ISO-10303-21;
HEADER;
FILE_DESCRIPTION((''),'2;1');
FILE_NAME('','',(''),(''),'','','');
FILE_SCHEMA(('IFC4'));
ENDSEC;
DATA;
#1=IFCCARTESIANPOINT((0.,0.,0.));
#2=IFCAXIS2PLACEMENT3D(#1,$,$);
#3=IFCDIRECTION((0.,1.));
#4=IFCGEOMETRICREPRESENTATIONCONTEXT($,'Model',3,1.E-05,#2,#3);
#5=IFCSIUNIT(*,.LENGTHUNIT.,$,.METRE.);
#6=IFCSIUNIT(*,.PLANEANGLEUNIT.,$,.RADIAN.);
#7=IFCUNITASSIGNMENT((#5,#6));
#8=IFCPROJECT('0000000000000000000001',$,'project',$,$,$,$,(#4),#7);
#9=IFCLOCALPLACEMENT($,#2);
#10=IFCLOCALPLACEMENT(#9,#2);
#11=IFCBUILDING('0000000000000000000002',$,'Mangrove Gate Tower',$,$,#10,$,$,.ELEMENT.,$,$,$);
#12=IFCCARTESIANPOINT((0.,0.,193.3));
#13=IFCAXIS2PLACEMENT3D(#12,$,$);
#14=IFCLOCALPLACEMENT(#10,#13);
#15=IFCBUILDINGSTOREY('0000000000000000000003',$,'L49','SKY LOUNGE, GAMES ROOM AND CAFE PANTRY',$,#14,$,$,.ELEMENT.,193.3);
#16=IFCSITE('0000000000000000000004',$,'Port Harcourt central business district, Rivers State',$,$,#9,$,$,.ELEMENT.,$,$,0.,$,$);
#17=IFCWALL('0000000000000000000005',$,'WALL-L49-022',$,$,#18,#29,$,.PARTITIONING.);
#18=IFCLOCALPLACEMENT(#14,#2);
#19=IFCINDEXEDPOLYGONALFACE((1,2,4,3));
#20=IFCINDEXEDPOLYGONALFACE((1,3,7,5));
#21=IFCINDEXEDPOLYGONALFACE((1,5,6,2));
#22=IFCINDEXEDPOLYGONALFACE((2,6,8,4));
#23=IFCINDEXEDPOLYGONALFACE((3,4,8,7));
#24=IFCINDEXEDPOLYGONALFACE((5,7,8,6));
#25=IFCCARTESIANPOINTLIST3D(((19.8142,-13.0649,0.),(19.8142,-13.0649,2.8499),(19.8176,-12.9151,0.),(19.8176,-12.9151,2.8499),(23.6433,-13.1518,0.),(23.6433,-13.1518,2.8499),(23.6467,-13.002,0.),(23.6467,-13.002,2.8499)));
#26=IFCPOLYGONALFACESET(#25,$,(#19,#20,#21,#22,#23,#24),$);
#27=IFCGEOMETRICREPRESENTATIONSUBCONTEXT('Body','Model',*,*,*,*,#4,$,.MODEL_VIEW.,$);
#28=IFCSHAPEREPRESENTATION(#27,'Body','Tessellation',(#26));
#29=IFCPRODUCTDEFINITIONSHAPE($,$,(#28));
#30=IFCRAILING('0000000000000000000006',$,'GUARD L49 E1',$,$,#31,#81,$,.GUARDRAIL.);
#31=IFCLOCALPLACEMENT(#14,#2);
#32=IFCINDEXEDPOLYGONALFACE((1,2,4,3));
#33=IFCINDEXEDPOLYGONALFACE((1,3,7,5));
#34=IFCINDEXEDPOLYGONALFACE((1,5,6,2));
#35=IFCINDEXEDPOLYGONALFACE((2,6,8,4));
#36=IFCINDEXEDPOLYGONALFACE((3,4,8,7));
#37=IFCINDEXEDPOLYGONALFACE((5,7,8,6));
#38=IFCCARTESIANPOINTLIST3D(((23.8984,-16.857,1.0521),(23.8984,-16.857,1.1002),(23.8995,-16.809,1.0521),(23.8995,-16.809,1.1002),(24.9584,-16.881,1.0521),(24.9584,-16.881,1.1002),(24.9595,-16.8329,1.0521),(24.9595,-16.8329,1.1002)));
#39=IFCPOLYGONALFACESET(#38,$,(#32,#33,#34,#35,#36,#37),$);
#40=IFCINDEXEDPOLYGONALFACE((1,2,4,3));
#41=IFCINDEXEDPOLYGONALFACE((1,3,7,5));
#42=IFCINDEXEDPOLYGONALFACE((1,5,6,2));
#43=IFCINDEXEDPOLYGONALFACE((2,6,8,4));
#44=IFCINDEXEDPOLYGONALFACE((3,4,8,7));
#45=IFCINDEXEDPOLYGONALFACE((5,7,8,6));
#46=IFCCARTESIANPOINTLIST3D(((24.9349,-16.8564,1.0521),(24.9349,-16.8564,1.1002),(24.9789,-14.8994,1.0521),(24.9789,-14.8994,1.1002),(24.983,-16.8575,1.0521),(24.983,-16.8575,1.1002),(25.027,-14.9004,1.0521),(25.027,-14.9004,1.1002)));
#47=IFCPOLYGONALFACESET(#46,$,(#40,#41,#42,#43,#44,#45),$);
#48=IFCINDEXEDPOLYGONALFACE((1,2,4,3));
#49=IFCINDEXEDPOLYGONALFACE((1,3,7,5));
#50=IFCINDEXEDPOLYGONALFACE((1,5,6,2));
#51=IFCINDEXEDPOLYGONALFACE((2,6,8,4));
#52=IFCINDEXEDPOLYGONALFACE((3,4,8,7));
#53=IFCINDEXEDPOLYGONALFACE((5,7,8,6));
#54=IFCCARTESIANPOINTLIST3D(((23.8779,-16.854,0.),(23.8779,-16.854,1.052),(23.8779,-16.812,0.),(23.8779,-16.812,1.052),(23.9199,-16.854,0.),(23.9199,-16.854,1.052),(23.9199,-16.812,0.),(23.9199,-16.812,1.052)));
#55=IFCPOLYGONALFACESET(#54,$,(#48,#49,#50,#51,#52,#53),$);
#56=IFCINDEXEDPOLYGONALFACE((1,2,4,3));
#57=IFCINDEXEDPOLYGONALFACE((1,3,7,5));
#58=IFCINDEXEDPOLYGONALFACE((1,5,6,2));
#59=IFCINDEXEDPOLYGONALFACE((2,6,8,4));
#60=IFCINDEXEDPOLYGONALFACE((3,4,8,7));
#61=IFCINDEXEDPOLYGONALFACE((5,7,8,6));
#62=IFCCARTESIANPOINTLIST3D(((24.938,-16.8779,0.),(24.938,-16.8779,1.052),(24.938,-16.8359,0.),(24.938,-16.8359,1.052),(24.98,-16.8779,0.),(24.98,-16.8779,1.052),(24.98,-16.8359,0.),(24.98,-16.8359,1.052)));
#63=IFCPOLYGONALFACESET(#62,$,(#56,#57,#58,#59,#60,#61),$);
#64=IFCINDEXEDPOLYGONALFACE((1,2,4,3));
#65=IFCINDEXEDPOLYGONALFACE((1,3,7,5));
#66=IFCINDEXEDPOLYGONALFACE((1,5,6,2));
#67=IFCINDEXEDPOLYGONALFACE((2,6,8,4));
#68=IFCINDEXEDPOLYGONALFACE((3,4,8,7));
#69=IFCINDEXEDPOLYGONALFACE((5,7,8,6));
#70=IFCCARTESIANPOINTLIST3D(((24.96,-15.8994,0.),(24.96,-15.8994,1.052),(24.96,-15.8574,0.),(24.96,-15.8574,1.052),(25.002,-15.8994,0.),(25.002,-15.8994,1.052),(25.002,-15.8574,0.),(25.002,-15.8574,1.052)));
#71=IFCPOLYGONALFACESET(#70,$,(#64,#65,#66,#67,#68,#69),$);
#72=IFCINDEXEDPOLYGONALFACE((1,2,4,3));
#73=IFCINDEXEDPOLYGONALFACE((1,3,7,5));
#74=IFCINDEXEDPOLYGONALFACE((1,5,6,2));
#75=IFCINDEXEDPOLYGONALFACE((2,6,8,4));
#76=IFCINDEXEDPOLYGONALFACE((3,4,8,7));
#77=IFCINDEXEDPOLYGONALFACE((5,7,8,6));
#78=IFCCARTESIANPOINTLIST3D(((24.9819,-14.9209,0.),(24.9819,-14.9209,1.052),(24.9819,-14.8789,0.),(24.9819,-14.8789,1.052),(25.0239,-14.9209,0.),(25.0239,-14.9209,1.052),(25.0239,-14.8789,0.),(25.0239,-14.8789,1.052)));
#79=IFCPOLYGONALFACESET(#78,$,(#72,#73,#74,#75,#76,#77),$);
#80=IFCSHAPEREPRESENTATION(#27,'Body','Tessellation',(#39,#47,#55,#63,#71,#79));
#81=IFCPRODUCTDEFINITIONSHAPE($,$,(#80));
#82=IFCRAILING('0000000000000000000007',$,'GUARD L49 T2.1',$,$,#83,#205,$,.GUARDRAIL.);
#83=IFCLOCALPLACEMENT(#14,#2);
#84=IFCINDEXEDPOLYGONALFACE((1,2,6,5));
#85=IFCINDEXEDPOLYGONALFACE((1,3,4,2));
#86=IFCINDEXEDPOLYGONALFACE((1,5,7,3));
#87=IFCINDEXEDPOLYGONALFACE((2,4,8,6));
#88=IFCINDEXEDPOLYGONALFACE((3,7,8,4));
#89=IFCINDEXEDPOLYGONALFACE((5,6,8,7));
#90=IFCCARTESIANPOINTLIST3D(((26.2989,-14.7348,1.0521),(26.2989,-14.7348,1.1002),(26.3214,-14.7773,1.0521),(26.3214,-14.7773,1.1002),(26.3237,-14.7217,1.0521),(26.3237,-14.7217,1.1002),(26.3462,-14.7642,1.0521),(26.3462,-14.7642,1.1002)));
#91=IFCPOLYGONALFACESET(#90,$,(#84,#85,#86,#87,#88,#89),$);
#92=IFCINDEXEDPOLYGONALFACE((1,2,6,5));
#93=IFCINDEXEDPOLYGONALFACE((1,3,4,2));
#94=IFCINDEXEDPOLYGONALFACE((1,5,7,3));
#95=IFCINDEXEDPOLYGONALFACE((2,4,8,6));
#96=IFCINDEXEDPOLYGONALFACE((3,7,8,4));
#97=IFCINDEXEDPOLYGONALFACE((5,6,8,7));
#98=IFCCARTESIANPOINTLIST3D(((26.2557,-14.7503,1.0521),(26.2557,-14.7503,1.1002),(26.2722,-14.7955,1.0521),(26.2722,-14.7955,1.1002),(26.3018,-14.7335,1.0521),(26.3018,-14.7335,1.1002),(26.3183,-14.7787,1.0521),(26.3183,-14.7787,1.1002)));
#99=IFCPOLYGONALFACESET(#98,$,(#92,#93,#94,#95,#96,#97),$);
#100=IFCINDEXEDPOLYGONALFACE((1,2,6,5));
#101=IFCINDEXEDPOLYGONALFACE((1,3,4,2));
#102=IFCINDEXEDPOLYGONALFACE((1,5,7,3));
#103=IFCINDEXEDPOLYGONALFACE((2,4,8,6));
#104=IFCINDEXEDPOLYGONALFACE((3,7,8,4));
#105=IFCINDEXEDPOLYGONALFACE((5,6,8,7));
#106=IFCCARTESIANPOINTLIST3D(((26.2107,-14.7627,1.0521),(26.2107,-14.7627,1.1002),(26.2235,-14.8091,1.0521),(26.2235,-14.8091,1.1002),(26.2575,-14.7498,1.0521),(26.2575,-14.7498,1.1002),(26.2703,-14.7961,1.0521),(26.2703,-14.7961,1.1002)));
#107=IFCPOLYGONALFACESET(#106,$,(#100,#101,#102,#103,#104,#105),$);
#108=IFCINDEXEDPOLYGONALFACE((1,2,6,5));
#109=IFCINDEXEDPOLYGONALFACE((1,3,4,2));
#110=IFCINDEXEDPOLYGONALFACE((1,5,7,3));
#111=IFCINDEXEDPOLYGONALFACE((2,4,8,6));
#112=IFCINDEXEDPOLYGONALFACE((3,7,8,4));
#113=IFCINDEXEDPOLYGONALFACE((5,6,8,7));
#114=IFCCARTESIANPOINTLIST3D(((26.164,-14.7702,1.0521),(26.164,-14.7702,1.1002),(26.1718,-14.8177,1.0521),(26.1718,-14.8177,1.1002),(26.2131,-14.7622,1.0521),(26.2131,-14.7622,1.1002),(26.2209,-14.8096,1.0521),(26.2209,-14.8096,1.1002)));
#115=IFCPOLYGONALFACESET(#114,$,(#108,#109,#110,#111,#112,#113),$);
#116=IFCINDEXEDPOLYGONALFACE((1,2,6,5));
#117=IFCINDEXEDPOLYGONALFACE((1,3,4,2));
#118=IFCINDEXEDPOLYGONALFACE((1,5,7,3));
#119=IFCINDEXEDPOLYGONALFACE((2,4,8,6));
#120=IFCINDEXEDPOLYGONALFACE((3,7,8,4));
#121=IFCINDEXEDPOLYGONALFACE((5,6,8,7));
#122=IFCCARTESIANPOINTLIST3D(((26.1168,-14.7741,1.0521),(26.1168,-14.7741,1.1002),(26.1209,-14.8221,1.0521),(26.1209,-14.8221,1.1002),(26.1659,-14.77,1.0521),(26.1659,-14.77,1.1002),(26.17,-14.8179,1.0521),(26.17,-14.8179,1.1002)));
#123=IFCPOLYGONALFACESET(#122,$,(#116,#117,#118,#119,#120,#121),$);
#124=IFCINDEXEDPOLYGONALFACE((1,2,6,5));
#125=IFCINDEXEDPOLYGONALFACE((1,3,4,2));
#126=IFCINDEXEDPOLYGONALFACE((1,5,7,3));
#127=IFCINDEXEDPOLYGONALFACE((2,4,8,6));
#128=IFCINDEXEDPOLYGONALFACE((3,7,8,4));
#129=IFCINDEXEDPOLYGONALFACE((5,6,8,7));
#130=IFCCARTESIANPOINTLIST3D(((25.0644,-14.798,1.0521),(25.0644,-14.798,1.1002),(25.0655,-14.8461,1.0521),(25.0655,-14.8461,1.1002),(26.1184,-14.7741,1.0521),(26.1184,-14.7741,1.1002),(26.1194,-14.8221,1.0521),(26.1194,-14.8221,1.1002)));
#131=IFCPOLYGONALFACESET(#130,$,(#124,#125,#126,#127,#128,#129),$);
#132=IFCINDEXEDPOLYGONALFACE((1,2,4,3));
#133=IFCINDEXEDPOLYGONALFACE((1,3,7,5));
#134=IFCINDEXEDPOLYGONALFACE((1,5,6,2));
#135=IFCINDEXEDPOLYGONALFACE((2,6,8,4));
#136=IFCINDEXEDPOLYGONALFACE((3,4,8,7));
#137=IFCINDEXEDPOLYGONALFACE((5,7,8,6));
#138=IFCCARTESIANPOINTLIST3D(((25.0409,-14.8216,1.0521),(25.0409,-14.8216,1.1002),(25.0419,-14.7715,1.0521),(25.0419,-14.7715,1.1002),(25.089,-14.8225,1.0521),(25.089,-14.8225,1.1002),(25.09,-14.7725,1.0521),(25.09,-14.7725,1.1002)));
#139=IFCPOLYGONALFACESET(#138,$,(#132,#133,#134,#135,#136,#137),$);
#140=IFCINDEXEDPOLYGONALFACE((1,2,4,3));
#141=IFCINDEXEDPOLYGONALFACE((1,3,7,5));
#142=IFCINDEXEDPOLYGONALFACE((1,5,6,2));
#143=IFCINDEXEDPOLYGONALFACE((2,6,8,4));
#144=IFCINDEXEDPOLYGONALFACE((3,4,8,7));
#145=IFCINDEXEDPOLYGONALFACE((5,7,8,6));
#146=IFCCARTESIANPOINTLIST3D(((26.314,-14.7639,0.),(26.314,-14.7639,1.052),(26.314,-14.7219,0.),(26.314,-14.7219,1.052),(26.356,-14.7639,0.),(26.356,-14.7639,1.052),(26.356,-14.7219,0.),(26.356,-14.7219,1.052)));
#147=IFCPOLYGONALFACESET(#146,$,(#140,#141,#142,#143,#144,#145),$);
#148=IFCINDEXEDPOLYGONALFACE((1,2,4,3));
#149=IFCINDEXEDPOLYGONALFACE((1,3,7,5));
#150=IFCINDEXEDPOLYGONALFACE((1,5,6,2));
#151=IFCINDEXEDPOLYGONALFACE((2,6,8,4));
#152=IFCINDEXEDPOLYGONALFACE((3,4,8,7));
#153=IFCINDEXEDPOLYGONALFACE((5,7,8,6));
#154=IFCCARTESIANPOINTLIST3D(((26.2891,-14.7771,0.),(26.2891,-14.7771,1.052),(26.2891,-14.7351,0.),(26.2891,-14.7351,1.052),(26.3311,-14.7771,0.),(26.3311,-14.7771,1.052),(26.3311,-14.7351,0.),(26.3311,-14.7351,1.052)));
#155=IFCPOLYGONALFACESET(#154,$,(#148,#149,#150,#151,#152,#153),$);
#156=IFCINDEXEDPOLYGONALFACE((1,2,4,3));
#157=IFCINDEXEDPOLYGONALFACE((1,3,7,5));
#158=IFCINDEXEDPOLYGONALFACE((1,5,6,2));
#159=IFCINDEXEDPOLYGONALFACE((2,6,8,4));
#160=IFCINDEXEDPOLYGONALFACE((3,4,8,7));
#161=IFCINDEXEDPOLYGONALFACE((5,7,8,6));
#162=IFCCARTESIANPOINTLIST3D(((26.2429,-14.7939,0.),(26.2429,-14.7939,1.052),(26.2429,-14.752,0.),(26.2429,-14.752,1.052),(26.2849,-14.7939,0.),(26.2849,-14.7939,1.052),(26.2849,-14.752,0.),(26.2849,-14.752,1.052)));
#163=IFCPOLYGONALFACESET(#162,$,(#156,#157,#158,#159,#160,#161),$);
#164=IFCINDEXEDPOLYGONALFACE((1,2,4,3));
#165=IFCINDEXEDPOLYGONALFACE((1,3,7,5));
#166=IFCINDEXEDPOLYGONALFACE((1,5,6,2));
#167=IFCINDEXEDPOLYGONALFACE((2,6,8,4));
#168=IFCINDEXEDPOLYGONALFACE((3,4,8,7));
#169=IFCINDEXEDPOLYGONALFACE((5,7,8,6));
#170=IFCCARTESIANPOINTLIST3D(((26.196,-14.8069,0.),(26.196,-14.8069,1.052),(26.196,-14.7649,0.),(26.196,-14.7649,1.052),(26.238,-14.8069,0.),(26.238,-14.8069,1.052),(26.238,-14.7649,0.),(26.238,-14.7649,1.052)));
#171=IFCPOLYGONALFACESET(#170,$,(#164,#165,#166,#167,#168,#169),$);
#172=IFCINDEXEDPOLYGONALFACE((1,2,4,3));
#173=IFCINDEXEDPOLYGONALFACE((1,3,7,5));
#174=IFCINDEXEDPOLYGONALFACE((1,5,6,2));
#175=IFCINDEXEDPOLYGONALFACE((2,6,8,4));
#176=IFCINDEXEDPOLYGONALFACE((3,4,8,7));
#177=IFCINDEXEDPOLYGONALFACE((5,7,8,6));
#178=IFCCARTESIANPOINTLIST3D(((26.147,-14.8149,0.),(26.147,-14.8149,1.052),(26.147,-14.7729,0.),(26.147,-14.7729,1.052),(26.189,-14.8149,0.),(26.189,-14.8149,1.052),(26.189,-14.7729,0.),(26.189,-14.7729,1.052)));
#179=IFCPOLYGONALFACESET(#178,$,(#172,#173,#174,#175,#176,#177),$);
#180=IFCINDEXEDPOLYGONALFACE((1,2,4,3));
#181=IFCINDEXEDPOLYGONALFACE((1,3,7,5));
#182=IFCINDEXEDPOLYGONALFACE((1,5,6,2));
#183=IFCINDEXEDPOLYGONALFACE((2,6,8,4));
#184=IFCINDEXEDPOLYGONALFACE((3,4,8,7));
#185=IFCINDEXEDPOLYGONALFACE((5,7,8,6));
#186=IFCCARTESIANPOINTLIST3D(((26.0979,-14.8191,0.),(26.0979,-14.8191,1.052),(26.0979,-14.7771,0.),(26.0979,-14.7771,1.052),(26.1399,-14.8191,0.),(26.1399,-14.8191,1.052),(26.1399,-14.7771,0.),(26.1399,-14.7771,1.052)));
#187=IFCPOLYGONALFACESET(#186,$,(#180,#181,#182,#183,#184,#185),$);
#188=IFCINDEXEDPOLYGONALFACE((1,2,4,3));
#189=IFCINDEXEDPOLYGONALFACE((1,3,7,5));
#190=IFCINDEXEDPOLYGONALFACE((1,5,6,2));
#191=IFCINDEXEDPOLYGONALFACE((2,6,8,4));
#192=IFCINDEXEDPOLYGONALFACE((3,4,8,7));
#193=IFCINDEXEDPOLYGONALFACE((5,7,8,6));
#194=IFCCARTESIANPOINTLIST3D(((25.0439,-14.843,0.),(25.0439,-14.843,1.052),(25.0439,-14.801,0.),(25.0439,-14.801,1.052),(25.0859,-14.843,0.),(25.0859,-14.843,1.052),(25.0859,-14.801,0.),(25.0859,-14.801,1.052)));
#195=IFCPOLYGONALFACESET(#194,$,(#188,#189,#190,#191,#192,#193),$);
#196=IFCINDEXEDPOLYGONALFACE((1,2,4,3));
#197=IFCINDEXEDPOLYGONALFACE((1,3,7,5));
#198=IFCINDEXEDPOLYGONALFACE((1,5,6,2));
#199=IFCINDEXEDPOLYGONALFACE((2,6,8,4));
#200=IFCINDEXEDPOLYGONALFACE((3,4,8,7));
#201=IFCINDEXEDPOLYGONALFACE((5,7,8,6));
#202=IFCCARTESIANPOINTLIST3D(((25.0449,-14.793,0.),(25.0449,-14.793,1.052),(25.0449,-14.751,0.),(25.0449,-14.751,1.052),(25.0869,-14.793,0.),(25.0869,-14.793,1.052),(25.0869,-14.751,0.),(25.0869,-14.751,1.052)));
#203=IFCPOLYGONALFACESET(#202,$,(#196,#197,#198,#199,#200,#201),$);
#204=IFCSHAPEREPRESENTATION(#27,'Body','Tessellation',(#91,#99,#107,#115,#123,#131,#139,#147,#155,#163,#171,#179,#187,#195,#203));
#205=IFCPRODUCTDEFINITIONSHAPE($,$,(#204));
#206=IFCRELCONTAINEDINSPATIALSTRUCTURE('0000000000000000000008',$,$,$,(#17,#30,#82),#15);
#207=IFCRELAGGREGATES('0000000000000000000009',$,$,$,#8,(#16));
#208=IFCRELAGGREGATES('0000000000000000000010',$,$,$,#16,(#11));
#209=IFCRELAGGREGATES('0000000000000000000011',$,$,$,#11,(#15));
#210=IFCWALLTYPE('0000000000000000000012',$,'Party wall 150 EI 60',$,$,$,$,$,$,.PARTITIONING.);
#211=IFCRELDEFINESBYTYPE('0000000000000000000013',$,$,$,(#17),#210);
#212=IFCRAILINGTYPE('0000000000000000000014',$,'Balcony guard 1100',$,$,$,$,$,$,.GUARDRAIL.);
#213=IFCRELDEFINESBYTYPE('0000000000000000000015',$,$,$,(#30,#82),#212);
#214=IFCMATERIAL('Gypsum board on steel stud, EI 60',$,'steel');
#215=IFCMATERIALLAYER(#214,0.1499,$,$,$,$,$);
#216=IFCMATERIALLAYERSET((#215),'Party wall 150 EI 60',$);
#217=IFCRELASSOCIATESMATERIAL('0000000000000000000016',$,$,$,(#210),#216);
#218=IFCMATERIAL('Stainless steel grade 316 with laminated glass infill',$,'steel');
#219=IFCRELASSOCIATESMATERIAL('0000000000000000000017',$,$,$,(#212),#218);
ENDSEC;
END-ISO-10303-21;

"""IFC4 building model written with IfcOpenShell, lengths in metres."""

from ifc_helpers import new_model, si_unit, direction, frame, frame_2d, origin, origin_2d, place, context, subcontext, project, spatial, rectangle, extrude, material, layer, layer_set, type_object, element, save


model = new_model("IFC4")

# Units and contexts
model_context = context("Model", 3, precision=1e-05, world=origin(), true_north=direction((0.0, 1.0)))
body_context = subcontext(model_context, "Body", "Model", "MODEL_VIEW")
ifc_project = project(units=[si_unit("LENGTHUNIT", "METRE"), si_unit("PLANEANGLEUNIT", "RADIAN")], contexts=[model_context])

# Site, building, storey
site_placement = place(None, origin())
site = spatial("IfcSite", under=ifc_project, at=site_placement, Name="Port Harcourt central business district, Rivers State", CompositionType="ELEMENT", RefElevation=0.0)
building_placement = place(site_placement, origin())
building = spatial("IfcBuilding", under=site, at=building_placement, Name="Mangrove Gate Tower", CompositionType="ELEMENT")
storey_placement = place(building_placement, frame((0.0, 0.0, 193.3)))
storey = spatial("IfcBuildingStorey", under=building, at=storey_placement, Name="L49", Description="SKY LOUNGE, GAMES ROOM AND CAFE PANTRY", CompositionType="ELEMENT", Elevation=193.3)

# Wall
ifc_material_1 = material(Name="Gypsum board on steel stud, EI 60", Category="steel")
ifc_layer_1 = layer(ifc_material_1, 0.1499)
ifc_layer_set_1 = layer_set([ifc_layer_1], Name="Party wall 150 EI 60")
wall_type_1 = type_object("IfcWallType", Name="Party wall 150 EI 60", PredefinedType="PARTITIONING", material=ifc_layer_set_1)
wall_1_placement = place(storey_placement, frame((19.8159, -12.99, 0.0), z_axis=(0.0, 0.0, 1.0), x_axis=(0.999742, -0.022692, 0.0)))
element("IfcWall", 1, at=wall_1_placement, inside=storey, type_object=wall_type_1, Name="WALL-L49-022", PredefinedType="PARTITIONING", context=body_context, shape_type="SweptSolid", body=[
    extrude(rectangle(XDim=3.8301, YDim=0.1499, at=frame_2d((1.915, 0.0))), origin(), (0.0, 0.0, 1.0), 2.8499),
])

# Railings
ifc_material_2 = material(Name="Stainless steel grade 316 with laminated glass infill", Category="steel")
railing_type = type_object("IfcRailingType", Name="Balcony guard 1100", PredefinedType="GUARDRAIL", material=ifc_material_2)
railing_1_placement = place(storey_placement, frame((23.8989, -16.833, 0.0)))
element("IfcRailing", 2, at=railing_1_placement, inside=storey, type_object=railing_type, Name="GUARD L49 E1", PredefinedType="GUARDRAIL", context=body_context, shape_type="SweptSolid", body=[
    extrude(rectangle(XDim=0.0481, YDim=0.0481, at=origin_2d()), frame((0.0, 0.0, 1.0762), z_axis=(0.999745, -0.022564, 0.0), x_axis=(0.022564, 0.999745, 0.0)), (0.0, 0.0, 1.0), 1.0603),
    extrude(rectangle(XDim=0.0481, YDim=0.0481, at=origin_2d()), frame((1.0601, -0.0239, 1.0762), z_axis=(0.022449, 0.999748, 0.0), x_axis=(-0.999748, 0.022449, 0.0)), (0.0, 0.0, 1.0), 1.9575),
    extrude(rectangle(XDim=0.042, YDim=0.042, at=origin_2d()), origin(), (0.0, 0.0, 1.0), 1.052),
    extrude(rectangle(XDim=0.042, YDim=0.042, at=origin_2d()), frame((1.0601, -0.0239, 0.0)), (0.0, 0.0, 1.0), 1.052),
    extrude(rectangle(XDim=0.042, YDim=0.042, at=origin_2d()), frame((1.082, 0.9546, 0.0)), (0.0, 0.0, 1.0), 1.052),
    extrude(rectangle(XDim=0.042, YDim=0.042, at=origin_2d()), frame((1.104, 1.9331, 0.0)), (0.0, 0.0, 1.0), 1.052),
])
railing_2_placement = place(storey_placement, frame((26.335, -14.7429, 0.0)))
element("IfcRailing", 3, at=railing_2_placement, inside=storey, type_object=railing_type, Name="GUARD L49 T2.1", PredefinedType="GUARDRAIL", context=body_context, shape_type="SweptSolid", body=[
    extrude(rectangle(XDim=0.0481, YDim=0.0481, at=origin_2d()), frame((0.0, 0.0, 1.0762), z_axis=(-0.883788, -0.467888, 0.0), x_axis=(0.467888, -0.883788, 0.0)), (0.0, 0.0, 1.0), 0.0281),
    extrude(rectangle(XDim=0.0481, YDim=0.0481, at=origin_2d()), frame((-0.0249, -0.0132, 1.0762), z_axis=(-0.939357, -0.34294, 0.0), x_axis=(0.34294, -0.939357, 0.0)), (0.0, 0.0, 1.0), 0.0491),
    extrude(rectangle(XDim=0.0481, YDim=0.0481, at=origin_2d()), frame((-0.071, -0.03, 1.0762), z_axis=(-0.963948, -0.26609, 0.0), x_axis=(0.26609, -0.963948, 0.0)), (0.0, 0.0, 1.0), 0.0486),
    extrude(rectangle(XDim=0.0481, YDim=0.0481, at=origin_2d()), frame((-0.1179, -0.043, 1.0762), z_axis=(-0.986789, -0.16201, 0.0), x_axis=(0.16201, -0.986789, 0.0)), (0.0, 0.0, 1.0), 0.0498),
    extrude(rectangle(XDim=0.0481, YDim=0.0481, at=origin_2d()), frame((-0.167, -0.051, 1.0762), z_axis=(-0.996442, -0.084276, 0.0), x_axis=(0.084276, -0.996442, 0.0)), (0.0, 0.0, 1.0), 0.0493),
    extrude(rectangle(XDim=0.0481, YDim=0.0481, at=origin_2d()), frame((-0.2161, -0.0552, 1.0762), z_axis=(-0.999742, -0.022695, 0.0), x_axis=(0.022695, -0.999742, 0.0)), (0.0, 0.0, 1.0), 1.0542),
    extrude(rectangle(XDim=0.0481, YDim=0.0481, at=origin_2d()), frame((-1.27, -0.0791, 1.0762), z_axis=(0.019508, 0.99981, 0.0), x_axis=(-0.99981, 0.019508, 0.0)), (0.0, 0.0, 1.0), 0.05),
    extrude(rectangle(XDim=0.042, YDim=0.042, at=origin_2d()), origin(), (0.0, 0.0, 1.0), 1.052),
    extrude(rectangle(XDim=0.042, YDim=0.042, at=origin_2d()), frame((-0.0249, -0.0132, 0.0)), (0.0, 0.0, 1.0), 1.052),
    extrude(rectangle(XDim=0.042, YDim=0.042, at=origin_2d()), frame((-0.071, -0.03, 0.0)), (0.0, 0.0, 1.0), 1.052),
    extrude(rectangle(XDim=0.042, YDim=0.042, at=origin_2d()), frame((-0.1179, -0.043, 0.0)), (0.0, 0.0, 1.0), 1.052),
    extrude(rectangle(XDim=0.042, YDim=0.042, at=origin_2d()), frame((-0.167, -0.051, 0.0)), (0.0, 0.0, 1.0), 1.052),
    extrude(rectangle(XDim=0.042, YDim=0.042, at=origin_2d()), frame((-0.2161, -0.0552, 0.0)), (0.0, 0.0, 1.0), 1.052),
    extrude(rectangle(XDim=0.042, YDim=0.042, at=origin_2d()), frame((-1.27, -0.0791, 0.0)), (0.0, 0.0, 1.0), 1.052),
    extrude(rectangle(XDim=0.042, YDim=0.042, at=origin_2d()), frame((-1.269, -0.0291, 0.0)), (0.0, 0.0, 1.0), 1.052),
])

save(model, "model.ifc")
